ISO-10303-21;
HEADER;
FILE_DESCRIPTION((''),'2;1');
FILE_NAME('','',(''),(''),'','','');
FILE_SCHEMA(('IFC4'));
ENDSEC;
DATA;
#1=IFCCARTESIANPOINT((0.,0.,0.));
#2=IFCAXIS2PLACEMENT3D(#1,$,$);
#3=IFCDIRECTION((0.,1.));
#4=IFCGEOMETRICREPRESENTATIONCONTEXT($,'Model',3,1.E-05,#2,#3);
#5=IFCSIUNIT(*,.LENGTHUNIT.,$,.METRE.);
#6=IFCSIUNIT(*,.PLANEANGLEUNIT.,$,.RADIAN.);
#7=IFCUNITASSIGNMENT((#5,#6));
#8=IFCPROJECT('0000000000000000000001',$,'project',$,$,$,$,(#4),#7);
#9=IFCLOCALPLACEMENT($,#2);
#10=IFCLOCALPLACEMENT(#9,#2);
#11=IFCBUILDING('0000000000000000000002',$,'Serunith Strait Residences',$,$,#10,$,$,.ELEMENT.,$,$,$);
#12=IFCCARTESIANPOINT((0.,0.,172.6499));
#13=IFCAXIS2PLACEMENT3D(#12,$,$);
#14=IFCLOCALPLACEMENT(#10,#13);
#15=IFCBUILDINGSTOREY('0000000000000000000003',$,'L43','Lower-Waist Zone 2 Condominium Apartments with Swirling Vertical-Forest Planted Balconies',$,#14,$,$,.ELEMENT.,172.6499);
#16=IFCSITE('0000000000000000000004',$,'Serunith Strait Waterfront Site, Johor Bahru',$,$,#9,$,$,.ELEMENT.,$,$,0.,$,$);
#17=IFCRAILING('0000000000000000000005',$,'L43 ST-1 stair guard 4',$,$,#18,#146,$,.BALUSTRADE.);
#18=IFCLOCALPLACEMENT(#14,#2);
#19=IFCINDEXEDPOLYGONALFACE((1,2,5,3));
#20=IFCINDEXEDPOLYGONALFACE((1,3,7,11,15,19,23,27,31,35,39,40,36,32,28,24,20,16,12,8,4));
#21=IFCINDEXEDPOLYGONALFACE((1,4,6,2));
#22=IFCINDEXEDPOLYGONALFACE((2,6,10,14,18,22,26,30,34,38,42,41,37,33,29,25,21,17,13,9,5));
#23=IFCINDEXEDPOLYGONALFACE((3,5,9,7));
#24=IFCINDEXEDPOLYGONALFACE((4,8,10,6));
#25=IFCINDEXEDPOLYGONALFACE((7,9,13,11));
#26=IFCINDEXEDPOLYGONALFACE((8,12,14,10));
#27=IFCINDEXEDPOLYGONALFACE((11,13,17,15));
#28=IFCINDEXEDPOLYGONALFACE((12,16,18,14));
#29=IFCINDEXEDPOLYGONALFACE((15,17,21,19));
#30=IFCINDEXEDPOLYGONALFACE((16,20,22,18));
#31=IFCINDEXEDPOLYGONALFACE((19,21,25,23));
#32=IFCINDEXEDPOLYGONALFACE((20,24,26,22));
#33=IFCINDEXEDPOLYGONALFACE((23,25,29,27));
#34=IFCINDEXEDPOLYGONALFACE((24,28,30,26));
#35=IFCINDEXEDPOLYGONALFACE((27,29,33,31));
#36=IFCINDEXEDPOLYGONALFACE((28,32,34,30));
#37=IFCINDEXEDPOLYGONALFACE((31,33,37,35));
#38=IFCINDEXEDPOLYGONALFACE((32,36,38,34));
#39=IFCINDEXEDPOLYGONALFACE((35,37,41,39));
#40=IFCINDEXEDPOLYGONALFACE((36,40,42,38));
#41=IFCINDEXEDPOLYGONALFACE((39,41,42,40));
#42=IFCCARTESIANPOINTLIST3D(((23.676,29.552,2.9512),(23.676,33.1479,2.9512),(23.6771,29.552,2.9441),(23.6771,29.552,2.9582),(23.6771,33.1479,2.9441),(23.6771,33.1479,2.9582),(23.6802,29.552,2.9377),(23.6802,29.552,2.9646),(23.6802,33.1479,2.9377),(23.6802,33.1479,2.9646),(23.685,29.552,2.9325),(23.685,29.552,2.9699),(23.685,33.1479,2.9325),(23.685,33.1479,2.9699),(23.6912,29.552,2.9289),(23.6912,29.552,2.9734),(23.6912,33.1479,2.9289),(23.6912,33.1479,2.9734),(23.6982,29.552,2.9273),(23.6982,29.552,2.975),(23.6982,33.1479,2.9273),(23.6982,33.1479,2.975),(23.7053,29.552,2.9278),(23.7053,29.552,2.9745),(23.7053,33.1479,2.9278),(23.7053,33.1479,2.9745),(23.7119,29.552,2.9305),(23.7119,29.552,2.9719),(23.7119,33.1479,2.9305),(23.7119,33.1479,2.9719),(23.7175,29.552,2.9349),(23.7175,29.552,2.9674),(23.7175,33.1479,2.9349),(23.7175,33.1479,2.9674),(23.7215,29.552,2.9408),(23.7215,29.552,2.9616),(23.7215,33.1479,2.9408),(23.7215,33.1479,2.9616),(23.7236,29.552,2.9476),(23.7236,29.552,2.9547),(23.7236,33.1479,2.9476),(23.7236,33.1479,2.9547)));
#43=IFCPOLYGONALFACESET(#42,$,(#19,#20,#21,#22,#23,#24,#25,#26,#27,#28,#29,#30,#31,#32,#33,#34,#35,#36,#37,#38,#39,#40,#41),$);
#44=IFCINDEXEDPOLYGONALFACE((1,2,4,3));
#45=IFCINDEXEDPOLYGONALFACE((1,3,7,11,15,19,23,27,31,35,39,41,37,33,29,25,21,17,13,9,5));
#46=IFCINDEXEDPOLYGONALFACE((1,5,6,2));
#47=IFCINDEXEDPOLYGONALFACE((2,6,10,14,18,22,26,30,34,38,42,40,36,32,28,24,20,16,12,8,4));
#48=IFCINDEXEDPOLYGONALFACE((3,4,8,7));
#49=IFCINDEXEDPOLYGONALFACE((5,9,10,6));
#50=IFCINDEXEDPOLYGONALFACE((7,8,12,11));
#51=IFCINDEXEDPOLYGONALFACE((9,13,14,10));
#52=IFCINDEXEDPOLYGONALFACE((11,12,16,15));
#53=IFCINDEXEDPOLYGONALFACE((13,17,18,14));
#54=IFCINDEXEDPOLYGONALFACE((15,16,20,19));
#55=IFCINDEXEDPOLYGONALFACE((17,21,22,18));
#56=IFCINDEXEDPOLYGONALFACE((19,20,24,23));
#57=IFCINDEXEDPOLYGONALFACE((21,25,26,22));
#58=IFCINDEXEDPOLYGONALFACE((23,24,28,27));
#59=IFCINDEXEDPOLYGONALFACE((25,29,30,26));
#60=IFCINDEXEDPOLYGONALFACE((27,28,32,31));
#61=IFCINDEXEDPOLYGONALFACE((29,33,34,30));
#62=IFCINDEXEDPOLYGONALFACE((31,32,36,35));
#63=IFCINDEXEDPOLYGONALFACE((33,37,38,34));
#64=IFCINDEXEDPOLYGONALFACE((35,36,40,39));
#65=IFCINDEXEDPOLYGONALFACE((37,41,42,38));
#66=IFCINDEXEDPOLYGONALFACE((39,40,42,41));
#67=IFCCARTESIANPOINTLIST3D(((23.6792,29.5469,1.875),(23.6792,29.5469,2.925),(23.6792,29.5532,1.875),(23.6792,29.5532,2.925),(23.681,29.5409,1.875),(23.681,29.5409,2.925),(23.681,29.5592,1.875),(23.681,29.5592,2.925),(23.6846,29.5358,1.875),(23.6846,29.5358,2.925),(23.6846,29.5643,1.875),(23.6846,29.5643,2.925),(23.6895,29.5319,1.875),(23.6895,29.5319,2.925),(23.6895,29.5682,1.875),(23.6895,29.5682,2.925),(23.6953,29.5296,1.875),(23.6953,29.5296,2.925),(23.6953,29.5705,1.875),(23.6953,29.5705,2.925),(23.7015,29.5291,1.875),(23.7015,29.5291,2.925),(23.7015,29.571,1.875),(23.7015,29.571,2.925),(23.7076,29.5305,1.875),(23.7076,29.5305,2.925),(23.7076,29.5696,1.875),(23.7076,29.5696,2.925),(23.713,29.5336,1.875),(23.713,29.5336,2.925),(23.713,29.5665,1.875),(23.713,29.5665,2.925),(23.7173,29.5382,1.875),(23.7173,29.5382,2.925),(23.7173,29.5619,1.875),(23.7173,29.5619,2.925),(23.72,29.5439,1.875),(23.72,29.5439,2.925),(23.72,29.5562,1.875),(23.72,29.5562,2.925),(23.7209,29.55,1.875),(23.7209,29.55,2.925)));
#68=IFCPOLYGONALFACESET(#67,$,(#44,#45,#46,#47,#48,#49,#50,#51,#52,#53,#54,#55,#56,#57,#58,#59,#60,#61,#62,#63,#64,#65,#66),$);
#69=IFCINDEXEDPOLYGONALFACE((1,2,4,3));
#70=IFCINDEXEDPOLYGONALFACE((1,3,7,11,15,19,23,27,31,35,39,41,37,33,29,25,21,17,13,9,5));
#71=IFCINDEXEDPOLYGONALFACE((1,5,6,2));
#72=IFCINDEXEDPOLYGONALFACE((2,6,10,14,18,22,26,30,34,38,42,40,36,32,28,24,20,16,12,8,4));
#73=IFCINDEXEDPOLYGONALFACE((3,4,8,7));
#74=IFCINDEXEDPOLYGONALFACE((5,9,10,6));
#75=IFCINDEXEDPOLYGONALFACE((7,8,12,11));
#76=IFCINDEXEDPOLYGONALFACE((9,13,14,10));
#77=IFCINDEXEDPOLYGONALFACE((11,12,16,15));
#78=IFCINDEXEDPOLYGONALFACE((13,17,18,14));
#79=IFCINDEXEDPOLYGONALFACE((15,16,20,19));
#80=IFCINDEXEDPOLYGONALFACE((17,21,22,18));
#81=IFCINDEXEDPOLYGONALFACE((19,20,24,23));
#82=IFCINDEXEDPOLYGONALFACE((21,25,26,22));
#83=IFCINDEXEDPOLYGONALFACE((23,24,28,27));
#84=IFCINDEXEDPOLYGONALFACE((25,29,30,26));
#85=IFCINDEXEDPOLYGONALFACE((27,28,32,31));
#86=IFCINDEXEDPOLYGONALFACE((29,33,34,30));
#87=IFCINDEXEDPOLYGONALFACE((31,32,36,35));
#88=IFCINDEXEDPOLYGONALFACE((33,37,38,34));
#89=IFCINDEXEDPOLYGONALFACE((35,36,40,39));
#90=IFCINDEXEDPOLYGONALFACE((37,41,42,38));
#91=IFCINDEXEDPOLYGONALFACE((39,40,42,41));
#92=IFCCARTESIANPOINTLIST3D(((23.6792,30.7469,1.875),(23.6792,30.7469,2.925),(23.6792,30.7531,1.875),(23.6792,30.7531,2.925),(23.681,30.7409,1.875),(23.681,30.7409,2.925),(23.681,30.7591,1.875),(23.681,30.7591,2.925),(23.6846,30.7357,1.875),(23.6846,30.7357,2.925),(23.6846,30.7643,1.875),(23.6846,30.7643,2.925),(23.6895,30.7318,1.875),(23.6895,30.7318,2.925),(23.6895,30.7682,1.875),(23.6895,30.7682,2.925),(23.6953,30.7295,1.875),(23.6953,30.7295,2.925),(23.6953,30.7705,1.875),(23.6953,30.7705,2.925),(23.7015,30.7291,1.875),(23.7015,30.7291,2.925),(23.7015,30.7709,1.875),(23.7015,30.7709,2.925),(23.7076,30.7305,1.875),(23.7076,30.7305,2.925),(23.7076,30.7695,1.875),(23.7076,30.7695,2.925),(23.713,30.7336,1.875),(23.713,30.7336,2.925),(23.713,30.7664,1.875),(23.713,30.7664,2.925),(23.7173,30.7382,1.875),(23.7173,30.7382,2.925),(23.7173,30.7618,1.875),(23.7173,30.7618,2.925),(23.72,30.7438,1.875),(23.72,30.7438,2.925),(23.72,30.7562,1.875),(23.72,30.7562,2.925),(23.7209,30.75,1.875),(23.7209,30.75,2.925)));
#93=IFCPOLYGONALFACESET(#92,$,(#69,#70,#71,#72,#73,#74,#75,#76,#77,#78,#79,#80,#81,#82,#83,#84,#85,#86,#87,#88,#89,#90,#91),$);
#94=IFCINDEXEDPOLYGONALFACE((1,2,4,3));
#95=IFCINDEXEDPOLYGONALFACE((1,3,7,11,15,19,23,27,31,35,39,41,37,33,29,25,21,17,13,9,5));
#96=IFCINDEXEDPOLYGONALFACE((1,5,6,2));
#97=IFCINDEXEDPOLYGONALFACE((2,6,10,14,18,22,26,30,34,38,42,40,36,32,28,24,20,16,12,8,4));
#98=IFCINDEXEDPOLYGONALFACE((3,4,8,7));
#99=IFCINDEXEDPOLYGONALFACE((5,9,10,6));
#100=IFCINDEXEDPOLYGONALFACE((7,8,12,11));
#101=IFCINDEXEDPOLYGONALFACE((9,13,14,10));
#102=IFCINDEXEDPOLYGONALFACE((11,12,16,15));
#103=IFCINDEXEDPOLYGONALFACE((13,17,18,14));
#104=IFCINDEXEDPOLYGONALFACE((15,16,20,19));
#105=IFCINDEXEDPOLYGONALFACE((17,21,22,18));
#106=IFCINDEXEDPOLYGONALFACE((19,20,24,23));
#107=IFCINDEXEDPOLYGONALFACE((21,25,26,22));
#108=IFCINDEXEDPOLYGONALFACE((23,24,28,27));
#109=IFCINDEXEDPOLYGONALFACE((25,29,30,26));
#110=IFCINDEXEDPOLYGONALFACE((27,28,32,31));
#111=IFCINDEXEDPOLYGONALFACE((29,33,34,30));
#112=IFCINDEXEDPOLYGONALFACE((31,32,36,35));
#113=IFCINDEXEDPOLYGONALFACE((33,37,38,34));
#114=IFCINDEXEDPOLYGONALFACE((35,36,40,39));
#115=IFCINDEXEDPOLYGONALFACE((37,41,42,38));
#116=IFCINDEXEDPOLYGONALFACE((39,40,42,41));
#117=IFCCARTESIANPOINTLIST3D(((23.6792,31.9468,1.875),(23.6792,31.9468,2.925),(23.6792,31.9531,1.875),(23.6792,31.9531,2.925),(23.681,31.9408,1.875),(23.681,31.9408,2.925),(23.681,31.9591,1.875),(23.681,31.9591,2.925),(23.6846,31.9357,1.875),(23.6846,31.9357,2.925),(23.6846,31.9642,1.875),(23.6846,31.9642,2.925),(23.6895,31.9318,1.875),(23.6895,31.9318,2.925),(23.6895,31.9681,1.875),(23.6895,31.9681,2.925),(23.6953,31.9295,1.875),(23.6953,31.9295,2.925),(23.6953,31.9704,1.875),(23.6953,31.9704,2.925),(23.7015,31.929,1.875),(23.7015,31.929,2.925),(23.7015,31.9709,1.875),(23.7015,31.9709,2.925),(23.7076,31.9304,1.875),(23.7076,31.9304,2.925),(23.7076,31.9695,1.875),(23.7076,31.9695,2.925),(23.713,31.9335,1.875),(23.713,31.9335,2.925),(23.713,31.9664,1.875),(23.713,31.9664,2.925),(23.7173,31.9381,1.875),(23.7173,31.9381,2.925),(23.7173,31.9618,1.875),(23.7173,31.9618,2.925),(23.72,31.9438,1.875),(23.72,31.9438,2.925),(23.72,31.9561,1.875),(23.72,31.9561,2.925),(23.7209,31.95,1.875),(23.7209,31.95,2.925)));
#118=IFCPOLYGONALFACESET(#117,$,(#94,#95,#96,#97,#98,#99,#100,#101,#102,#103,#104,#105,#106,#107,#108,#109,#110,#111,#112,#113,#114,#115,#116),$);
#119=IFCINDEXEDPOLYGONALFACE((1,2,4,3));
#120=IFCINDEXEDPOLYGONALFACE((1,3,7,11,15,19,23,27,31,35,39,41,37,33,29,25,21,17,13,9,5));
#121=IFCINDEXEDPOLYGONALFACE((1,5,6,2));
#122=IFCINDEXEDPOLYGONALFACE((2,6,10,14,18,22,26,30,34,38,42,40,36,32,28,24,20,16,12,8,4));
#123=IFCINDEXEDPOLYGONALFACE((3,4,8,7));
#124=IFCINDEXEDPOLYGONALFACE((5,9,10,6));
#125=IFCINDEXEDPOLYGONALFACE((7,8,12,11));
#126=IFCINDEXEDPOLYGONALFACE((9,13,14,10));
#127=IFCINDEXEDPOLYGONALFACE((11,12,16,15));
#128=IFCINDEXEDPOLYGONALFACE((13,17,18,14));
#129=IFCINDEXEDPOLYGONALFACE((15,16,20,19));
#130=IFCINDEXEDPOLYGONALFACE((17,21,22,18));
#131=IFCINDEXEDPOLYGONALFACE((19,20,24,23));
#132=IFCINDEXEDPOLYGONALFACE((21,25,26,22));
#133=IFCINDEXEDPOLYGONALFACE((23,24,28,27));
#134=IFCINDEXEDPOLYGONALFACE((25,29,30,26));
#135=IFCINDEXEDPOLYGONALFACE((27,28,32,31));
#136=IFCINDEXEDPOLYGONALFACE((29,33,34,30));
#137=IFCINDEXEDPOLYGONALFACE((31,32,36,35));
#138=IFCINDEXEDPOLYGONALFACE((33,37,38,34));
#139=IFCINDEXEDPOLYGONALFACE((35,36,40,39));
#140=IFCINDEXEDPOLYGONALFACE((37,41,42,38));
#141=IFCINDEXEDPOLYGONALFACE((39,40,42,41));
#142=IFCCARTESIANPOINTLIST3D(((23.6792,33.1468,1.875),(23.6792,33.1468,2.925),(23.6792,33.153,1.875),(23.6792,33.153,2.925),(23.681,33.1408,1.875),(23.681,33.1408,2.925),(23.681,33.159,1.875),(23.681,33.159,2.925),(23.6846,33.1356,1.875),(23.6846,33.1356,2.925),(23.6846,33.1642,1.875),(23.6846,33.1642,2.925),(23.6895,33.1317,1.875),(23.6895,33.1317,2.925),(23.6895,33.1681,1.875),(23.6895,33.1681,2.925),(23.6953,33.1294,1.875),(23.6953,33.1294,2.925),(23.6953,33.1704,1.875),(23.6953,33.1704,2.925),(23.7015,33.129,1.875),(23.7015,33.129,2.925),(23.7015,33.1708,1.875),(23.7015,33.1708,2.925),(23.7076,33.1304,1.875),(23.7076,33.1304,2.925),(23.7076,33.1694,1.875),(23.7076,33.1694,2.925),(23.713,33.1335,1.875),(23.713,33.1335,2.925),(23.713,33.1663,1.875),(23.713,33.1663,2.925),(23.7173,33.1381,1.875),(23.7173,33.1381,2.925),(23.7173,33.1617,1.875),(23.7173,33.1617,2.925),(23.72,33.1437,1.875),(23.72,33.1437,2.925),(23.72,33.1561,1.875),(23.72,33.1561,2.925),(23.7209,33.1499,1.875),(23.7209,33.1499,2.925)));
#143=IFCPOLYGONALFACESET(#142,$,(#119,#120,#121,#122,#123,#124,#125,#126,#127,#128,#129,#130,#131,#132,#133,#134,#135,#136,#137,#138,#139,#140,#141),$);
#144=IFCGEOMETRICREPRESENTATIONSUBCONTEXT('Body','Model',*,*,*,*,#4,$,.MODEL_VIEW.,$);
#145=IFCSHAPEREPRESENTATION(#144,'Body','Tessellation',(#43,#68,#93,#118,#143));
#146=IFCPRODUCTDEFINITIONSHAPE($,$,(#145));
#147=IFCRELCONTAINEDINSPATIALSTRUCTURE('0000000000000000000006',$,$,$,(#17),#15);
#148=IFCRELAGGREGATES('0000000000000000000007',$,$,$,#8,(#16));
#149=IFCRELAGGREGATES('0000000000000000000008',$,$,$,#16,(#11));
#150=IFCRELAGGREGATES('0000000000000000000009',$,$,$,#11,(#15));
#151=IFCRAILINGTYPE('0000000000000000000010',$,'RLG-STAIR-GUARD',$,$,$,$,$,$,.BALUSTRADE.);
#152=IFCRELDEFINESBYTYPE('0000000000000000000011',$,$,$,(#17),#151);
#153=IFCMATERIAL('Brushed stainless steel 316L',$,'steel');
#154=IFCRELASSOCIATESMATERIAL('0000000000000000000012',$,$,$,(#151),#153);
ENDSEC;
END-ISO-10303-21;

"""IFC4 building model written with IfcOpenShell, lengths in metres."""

from ifc_helpers import new_model, si_unit, direction, frame, origin, origin_2d, place, context, subcontext, project, spatial, circle, extrude, material, type_object, element, save


model = new_model("IFC4")

# Units and contexts
model_context = context("Model", 3, precision=1e-05, world=origin(), true_north=direction((0.0, 1.0)))
body_context = subcontext(model_context, "Body", "Model", "MODEL_VIEW")
ifc_project = project(units=[si_unit("LENGTHUNIT", "METRE"), si_unit("PLANEANGLEUNIT", "RADIAN")], contexts=[model_context])

# Site, building, storey
site_placement = place(None, origin())
site = spatial("IfcSite", under=ifc_project, at=site_placement, Name="Serunith Strait Waterfront Site, Johor Bahru", CompositionType="ELEMENT", RefElevation=0.0)
building_placement = place(site_placement, origin())
building = spatial("IfcBuilding", under=site, at=building_placement, Name="Serunith Strait Residences", CompositionType="ELEMENT")
storey_placement = place(building_placement, frame((0.0, 0.0, 172.6499)))
storey = spatial("IfcBuildingStorey", under=building, at=storey_placement, Name="L43", Description="Lower-Waist Zone 2 Condominium Apartments with Swirling Vertical-Forest Planted Balconies", CompositionType="ELEMENT", Elevation=172.6499)

# Railing
ifc_material_1 = material(Name="Brushed stainless steel 316L", Category="steel")
railing_type_1 = type_object("IfcRailingType", Name="RLG-STAIR-GUARD", PredefinedType="BALUSTRADE", material=ifc_material_1)
for number, where, name in (
    (1, (23.7, 29.55, 1.875), "L43 ST-1 stair guard 4"),
):
    element("IfcRailing", number, at=place(storey_placement, frame(where)), inside=storey, type_object=railing_type_1, Name=name, PredefinedType="BALUSTRADE", context=body_context, shape_type="SweptSolid", body=[
        extrude(circle(Radius=0.0239, at=origin_2d()), frame((0.0, 0.002, 1.0762), z_axis=(0.0, 1.0, 0.0), x_axis=(-1.0, 0.0, 0.0)), (0.0, 0.0, 1.0), 3.5959),
        extrude(circle(Radius=0.021, at=origin_2d()), origin(), (0.0, 0.0, 1.0), 1.05),
        extrude(circle(Radius=0.021, at=origin_2d()), frame((0.0, 1.2, 0.0)), (0.0, 0.0, 1.0), 1.05),
        extrude(circle(Radius=0.021, at=origin_2d()), frame((0.0, 2.3999, 0.0)), (0.0, 0.0, 1.0), 1.05),
        extrude(circle(Radius=0.021, at=origin_2d()), frame((0.0, 3.5999, 0.0)), (0.0, 0.0, 1.0), 1.05),
    ])

save(model, "model.ifc")
